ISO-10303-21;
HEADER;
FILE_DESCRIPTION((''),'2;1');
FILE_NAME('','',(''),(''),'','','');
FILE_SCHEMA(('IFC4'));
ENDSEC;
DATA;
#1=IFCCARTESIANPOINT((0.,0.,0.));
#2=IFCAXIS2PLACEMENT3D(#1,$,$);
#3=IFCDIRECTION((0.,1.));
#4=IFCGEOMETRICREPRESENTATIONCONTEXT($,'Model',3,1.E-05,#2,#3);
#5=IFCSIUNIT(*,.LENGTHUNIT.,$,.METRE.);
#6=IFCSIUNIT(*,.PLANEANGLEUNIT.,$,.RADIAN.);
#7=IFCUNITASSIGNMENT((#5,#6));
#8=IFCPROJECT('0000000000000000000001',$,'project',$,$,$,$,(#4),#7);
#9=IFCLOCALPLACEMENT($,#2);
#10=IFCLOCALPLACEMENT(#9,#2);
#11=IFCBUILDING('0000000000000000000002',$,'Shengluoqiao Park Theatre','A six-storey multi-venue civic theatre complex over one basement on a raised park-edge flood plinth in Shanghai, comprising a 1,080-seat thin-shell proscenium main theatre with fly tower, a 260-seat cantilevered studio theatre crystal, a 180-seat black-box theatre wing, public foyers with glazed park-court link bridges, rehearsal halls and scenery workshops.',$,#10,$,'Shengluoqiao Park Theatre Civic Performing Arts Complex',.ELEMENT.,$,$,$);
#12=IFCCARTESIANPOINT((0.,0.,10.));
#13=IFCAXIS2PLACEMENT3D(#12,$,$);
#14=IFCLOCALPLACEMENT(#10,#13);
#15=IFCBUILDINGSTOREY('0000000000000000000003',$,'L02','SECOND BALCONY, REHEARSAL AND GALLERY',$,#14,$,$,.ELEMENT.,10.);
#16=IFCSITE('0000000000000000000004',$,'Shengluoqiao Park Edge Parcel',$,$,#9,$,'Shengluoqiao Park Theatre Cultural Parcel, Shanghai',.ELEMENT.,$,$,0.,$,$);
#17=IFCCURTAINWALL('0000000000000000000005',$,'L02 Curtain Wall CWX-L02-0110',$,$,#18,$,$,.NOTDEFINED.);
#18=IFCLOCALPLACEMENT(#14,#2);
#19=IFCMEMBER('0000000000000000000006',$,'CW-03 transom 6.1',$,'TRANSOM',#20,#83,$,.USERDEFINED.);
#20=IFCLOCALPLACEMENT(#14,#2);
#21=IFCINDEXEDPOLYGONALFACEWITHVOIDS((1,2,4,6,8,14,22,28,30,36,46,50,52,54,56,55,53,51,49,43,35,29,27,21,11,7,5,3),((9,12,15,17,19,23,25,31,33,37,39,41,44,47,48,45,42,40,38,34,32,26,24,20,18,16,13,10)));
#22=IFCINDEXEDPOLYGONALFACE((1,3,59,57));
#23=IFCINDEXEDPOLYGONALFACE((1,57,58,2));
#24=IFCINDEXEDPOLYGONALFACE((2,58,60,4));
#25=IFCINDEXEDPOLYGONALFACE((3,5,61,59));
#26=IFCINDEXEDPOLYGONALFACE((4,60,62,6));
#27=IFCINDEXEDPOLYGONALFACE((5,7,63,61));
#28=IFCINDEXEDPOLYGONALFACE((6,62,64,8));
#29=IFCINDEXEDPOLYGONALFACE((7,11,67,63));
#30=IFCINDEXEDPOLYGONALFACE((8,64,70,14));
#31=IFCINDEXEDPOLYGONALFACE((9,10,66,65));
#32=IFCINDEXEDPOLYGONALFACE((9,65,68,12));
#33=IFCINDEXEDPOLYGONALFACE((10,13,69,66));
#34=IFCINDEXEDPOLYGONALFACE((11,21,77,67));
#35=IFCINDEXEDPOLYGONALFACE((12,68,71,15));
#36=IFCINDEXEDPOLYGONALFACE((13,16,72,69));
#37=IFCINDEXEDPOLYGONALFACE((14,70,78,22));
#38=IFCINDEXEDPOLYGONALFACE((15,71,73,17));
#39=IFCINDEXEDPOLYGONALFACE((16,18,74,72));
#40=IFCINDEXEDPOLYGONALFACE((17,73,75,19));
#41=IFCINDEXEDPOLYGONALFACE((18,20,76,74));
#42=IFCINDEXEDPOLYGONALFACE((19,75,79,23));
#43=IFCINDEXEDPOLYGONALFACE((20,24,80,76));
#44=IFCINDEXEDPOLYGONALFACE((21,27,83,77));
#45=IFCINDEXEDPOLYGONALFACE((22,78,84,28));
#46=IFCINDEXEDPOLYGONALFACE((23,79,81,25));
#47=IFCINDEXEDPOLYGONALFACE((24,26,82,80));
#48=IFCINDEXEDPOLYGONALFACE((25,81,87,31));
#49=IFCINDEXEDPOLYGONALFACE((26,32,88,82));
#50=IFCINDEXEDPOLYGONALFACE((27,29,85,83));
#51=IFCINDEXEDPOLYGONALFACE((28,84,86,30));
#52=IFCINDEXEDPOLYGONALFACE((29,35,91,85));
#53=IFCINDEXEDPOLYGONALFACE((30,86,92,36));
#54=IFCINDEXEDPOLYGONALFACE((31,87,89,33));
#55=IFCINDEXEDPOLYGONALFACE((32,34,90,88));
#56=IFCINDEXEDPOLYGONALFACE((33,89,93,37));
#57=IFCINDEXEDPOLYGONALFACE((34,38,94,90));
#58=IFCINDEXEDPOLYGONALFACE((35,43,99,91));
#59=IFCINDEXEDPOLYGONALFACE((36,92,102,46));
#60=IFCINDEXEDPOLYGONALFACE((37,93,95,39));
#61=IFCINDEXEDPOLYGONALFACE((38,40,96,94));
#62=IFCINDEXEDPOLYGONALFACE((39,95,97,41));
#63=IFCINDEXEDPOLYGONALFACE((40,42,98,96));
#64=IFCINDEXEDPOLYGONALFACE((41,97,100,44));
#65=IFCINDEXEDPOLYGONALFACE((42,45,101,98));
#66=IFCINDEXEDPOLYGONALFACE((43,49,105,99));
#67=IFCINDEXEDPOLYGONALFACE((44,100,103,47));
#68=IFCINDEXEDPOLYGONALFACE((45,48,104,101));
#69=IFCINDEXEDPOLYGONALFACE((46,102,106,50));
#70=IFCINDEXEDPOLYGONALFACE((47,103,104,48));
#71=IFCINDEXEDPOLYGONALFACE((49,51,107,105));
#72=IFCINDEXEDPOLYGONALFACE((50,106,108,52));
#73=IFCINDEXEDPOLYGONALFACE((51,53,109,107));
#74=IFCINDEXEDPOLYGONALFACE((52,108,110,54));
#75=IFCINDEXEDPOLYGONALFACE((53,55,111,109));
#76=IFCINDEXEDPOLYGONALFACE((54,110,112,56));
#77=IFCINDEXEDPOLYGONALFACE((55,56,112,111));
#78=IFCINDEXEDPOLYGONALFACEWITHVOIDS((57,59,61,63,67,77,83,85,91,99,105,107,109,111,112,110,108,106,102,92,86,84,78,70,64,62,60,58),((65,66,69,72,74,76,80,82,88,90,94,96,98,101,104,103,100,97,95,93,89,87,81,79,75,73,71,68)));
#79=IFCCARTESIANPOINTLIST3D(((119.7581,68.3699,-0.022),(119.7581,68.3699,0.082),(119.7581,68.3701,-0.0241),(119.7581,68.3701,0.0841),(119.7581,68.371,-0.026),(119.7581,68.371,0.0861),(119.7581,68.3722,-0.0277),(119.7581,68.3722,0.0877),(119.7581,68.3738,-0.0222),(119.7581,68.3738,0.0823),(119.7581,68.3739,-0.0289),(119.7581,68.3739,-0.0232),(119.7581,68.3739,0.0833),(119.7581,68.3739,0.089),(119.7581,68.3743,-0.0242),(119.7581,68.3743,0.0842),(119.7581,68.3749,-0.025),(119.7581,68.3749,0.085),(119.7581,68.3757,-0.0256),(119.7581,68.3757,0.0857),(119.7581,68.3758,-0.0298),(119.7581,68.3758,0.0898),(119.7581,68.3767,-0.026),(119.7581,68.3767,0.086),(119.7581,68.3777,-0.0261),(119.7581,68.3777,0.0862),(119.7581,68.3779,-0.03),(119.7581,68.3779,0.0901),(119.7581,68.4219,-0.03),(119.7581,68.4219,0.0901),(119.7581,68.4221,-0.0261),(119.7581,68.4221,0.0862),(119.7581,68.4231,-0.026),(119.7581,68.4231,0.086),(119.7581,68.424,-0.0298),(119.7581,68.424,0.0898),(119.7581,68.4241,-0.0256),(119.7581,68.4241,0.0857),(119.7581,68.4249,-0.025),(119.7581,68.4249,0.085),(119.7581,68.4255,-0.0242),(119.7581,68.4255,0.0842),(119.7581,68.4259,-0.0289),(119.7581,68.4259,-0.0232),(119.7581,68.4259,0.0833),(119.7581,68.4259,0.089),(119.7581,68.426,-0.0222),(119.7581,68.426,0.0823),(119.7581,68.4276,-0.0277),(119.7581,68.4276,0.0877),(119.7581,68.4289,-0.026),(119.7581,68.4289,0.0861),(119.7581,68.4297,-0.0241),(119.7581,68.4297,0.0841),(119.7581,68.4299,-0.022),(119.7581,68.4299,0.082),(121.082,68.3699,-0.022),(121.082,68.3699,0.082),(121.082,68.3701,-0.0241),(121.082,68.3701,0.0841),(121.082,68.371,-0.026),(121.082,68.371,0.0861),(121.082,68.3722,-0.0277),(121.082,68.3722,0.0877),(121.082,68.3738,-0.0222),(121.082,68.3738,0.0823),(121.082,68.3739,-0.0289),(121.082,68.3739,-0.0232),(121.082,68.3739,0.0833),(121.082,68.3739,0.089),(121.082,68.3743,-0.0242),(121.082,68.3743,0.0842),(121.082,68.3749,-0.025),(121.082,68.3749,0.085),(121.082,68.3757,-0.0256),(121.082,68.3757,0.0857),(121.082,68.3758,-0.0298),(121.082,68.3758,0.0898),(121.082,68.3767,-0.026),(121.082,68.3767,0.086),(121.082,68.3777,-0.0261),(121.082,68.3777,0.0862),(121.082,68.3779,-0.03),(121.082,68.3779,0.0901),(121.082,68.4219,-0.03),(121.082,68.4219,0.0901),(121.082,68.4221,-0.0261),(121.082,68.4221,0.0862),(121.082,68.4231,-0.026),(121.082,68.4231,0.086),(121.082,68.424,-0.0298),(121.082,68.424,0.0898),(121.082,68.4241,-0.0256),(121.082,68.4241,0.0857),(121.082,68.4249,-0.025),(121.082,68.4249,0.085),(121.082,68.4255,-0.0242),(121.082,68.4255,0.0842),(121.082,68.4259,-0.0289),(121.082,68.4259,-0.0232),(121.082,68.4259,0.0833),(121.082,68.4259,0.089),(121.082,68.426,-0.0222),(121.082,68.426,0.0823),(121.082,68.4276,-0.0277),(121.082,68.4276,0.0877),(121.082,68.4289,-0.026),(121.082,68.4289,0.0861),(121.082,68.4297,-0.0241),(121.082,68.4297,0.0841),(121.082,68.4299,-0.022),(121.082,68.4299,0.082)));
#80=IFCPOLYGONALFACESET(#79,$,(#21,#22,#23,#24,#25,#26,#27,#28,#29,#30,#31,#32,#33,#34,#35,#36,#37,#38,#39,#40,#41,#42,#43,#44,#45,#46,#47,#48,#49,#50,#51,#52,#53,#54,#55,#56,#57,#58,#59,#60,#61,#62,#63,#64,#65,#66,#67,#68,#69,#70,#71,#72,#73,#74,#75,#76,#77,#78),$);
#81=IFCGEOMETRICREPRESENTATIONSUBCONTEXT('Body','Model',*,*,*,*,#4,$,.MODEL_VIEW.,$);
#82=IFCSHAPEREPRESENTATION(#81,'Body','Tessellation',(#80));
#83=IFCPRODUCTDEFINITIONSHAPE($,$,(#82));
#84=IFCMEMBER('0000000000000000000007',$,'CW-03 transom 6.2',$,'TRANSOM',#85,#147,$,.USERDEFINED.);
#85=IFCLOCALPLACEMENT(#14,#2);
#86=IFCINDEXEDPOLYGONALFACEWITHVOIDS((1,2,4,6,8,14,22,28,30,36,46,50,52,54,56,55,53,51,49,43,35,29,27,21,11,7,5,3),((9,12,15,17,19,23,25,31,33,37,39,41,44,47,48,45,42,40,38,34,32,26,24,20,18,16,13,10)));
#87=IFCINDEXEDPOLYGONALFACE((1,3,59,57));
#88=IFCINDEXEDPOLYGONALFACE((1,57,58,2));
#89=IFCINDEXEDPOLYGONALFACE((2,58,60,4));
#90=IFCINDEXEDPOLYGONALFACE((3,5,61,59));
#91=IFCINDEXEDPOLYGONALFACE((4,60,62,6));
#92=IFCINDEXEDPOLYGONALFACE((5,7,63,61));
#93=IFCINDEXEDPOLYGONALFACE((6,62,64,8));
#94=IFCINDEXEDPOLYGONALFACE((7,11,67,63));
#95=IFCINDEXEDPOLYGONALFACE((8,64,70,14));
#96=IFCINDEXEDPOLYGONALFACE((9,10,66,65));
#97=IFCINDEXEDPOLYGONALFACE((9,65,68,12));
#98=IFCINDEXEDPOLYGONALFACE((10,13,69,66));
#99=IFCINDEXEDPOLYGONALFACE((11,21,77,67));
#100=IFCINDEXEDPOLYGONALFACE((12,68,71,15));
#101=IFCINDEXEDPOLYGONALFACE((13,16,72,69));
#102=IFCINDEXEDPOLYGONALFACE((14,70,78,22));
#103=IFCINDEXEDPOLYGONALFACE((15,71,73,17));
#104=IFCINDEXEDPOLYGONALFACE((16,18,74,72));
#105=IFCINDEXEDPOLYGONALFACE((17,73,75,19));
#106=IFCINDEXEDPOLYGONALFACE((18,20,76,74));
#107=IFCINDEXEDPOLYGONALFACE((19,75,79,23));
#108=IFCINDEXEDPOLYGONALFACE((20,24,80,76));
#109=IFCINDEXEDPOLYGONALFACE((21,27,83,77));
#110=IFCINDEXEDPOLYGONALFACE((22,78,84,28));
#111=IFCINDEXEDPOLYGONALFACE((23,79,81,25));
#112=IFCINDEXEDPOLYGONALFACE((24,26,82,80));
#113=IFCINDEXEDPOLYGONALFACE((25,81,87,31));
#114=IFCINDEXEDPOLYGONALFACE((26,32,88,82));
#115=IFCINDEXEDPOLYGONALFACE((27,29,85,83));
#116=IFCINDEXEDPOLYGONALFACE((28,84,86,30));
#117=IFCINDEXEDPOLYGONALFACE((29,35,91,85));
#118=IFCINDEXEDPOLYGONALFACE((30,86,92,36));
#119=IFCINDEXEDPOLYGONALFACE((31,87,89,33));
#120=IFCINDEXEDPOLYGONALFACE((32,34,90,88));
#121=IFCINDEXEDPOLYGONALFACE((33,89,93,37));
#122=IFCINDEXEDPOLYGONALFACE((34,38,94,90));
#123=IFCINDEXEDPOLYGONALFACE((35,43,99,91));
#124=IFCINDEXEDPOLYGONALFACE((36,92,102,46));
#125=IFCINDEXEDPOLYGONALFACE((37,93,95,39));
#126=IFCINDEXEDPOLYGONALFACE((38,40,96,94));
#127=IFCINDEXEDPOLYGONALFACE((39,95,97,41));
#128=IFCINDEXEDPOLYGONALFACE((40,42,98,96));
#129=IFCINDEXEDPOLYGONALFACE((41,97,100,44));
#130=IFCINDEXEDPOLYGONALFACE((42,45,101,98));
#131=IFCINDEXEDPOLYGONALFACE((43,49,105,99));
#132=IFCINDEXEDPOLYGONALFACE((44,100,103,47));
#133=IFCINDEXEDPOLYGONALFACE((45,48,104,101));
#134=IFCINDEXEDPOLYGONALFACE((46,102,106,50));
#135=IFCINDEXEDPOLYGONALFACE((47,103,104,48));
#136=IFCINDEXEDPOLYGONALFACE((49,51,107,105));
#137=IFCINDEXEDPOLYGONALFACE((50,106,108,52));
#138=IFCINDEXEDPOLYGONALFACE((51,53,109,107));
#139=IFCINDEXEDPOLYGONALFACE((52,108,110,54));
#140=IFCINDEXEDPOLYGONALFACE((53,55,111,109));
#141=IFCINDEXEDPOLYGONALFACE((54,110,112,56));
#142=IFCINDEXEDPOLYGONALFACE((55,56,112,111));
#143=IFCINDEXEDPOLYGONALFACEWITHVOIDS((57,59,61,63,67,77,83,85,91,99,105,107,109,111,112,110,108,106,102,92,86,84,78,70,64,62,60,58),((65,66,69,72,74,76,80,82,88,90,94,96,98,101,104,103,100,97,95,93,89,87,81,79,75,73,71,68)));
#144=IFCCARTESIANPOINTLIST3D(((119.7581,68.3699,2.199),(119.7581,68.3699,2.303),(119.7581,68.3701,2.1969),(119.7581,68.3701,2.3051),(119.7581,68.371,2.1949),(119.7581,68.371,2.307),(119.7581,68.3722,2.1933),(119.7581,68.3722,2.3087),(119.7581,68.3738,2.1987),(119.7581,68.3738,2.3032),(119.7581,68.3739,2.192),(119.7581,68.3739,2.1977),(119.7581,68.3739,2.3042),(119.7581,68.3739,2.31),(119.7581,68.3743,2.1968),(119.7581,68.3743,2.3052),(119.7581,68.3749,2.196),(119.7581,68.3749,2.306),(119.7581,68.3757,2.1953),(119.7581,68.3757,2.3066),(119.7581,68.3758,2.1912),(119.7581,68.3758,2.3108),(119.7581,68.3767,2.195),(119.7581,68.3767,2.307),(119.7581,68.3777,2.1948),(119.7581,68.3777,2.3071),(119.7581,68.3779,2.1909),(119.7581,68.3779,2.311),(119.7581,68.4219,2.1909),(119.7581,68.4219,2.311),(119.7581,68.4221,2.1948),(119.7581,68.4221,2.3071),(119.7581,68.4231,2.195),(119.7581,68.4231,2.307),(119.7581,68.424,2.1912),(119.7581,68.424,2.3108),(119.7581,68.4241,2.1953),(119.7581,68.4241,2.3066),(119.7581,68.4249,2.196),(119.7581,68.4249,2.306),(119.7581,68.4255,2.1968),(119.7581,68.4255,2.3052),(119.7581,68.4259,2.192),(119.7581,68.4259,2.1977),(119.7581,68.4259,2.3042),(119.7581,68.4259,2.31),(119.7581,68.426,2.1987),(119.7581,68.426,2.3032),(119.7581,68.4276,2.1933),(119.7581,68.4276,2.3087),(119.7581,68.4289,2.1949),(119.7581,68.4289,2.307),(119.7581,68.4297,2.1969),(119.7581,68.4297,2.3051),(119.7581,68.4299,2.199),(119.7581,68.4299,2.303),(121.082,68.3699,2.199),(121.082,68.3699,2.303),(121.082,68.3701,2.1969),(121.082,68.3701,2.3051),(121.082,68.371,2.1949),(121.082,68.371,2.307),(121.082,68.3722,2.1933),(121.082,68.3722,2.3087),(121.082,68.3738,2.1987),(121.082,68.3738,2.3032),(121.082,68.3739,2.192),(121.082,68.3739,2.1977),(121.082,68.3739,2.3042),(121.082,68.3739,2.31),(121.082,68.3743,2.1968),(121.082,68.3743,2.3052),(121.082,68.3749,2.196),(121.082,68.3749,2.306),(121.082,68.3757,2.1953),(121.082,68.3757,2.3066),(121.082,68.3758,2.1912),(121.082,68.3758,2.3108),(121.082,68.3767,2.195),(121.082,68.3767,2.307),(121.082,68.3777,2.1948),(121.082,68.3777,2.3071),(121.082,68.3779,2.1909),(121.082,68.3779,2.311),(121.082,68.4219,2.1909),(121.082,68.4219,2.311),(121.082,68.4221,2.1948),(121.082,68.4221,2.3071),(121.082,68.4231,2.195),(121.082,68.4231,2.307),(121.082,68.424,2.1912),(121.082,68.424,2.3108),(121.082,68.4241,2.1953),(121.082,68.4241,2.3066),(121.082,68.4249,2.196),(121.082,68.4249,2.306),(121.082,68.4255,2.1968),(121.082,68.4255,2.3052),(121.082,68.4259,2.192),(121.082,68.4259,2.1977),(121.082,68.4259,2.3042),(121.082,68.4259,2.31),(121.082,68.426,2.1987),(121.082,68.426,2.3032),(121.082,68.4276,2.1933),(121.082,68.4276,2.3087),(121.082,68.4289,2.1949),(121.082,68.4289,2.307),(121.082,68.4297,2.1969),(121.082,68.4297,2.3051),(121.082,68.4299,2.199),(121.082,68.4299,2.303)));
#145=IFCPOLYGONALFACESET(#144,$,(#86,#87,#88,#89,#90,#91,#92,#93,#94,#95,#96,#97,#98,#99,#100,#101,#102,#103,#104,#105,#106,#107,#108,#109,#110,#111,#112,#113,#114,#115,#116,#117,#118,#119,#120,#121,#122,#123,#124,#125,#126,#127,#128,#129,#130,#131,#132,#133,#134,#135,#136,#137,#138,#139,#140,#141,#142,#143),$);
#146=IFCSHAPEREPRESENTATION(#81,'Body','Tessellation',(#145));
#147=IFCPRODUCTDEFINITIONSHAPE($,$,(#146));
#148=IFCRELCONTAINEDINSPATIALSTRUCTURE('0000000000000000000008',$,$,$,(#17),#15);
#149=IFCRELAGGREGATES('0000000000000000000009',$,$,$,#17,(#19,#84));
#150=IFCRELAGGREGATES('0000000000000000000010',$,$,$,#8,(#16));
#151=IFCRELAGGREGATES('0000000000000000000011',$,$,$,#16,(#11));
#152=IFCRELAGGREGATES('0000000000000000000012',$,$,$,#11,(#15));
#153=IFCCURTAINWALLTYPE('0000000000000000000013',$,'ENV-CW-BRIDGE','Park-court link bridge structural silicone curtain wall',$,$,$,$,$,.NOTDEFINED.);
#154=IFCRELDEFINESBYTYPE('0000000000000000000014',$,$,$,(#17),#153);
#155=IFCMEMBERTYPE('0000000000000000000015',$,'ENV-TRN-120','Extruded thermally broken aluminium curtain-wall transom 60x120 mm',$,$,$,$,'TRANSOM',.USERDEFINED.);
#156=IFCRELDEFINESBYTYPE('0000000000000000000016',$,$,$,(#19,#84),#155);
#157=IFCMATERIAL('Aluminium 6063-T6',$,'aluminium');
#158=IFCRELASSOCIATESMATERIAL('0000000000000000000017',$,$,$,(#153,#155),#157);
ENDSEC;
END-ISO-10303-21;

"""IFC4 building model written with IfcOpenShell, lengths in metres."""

from ifc_helpers import new_model, si_unit, direction, frame, origin, origin_2d, place, context, subcontext, project, spatial, hollow_rectangle, extrude, material, material_profile, profile_set, type_object, element, aggregate, save


model = new_model("IFC4")

# Units and contexts
model_context = context("Model", 3, precision=1e-05, world=origin(), true_north=direction((0.0, 1.0)))
body_context = subcontext(model_context, "Body", "Model", "MODEL_VIEW")
ifc_project = project(units=[si_unit("LENGTHUNIT", "METRE"), si_unit("PLANEANGLEUNIT", "RADIAN")], contexts=[model_context])

# Site, building, storey
site_placement = place(None, origin())
site = spatial("IfcSite", under=ifc_project, at=site_placement, Name="Shengluoqiao Park Edge Parcel", LongName="Shengluoqiao Park Theatre Cultural Parcel, Shanghai", CompositionType="ELEMENT", RefElevation=0.0)
building_placement = place(site_placement, origin())
building = spatial("IfcBuilding", under=site, at=building_placement, Name="Shengluoqiao Park Theatre", Description="A six-storey multi-venue civic theatre complex over one basement on a raised park-edge flood plinth in Shanghai, comprising a 1,080-seat thin-shell proscenium main theatre with fly tower, a 260-seat cantilevered studio theatre crystal, a 180-seat black-box theatre wing, public foyers with glazed park-court link bridges, rehearsal halls and scenery workshops.", LongName="Shengluoqiao Park Theatre Civic Performing Arts Complex", CompositionType="ELEMENT")
storey_placement = place(building_placement, frame((0.0, 0.0, 10.0)))
storey = spatial("IfcBuildingStorey", under=building, at=storey_placement, Name="L02", Description="SECOND BALCONY, REHEARSAL AND GALLERY", CompositionType="ELEMENT", Elevation=10.0)

# Curtain wall
ifc_material_1 = material(Name="Aluminium 6063-T6", Category="aluminium")
curtain_wall_type = type_object("IfcCurtainWallType", Name="ENV-CW-BRIDGE", Description="Park-court link bridge structural silicone curtain wall", PredefinedType="NOTDEFINED", material=ifc_material_1)
curtain_wall_1_placement = place(storey_placement, origin())
curtain_wall_1 = element("IfcCurtainWall", 1, at=curtain_wall_1_placement, inside=storey, type_object=curtain_wall_type, Name="L02 Curtain Wall CWX-L02-0110", PredefinedType="NOTDEFINED")

# Members
ifc_material_profile_1 = material_profile(ifc_material_1, hollow_rectangle(XDim=0.0601, YDim=0.1201, WallThickness=0.0039, InnerFilletRadius=0.0039, OuterFilletRadius=0.0081, at=origin_2d()), Name="ALU TRANSOM 120x60x4")
ifc_profile_set_1 = profile_set([ifc_material_profile_1], Name="Aluminium 6063-T6")
member_type_1 = type_object("IfcMemberType", Name="ENV-TRN-120", Description="Extruded thermally broken aluminium curtain-wall transom 60x120 mm", ElementType="TRANSOM", PredefinedType="USERDEFINED", material=ifc_profile_set_1)
member_1_placement = place(storey_placement, frame((119.7581, 68.3999, 0.03), z_axis=(1.0, 0.0, 0.0), x_axis=(0.0, 1.0, 0.0)))
member_1 = element("IfcMember", 2, at=member_1_placement, type_object=member_type_1, Name="CW-03 transom 6.1", ObjectType="TRANSOM", PredefinedType="USERDEFINED", context=body_context, shape_type="SweptSolid", body=[
    extrude(hollow_rectangle(XDim=0.0601, YDim=0.1201, WallThickness=0.0039, InnerFilletRadius=0.0039, OuterFilletRadius=0.0081, at=origin_2d()), origin(), (0.0, 0.0, 1.0), 1.324),
])
member_2_placement = place(storey_placement, frame((119.7581, 68.3999, 2.251), z_axis=(1.0, 0.0, 0.0), x_axis=(0.0, 1.0, 0.0)))
member_2 = element("IfcMember", 3, at=member_2_placement, type_object=member_type_1, Name="CW-03 transom 6.2", ObjectType="TRANSOM", PredefinedType="USERDEFINED", context=body_context, shape_type="SweptSolid", body=[
    extrude(hollow_rectangle(XDim=0.0601, YDim=0.1201, WallThickness=0.0039, InnerFilletRadius=0.0039, OuterFilletRadius=0.0081, at=origin_2d()), origin(), (0.0, 0.0, 1.0), 1.324),
])

aggregate(curtain_wall_1, [member_1, member_2])

save(model, "model.ifc")
